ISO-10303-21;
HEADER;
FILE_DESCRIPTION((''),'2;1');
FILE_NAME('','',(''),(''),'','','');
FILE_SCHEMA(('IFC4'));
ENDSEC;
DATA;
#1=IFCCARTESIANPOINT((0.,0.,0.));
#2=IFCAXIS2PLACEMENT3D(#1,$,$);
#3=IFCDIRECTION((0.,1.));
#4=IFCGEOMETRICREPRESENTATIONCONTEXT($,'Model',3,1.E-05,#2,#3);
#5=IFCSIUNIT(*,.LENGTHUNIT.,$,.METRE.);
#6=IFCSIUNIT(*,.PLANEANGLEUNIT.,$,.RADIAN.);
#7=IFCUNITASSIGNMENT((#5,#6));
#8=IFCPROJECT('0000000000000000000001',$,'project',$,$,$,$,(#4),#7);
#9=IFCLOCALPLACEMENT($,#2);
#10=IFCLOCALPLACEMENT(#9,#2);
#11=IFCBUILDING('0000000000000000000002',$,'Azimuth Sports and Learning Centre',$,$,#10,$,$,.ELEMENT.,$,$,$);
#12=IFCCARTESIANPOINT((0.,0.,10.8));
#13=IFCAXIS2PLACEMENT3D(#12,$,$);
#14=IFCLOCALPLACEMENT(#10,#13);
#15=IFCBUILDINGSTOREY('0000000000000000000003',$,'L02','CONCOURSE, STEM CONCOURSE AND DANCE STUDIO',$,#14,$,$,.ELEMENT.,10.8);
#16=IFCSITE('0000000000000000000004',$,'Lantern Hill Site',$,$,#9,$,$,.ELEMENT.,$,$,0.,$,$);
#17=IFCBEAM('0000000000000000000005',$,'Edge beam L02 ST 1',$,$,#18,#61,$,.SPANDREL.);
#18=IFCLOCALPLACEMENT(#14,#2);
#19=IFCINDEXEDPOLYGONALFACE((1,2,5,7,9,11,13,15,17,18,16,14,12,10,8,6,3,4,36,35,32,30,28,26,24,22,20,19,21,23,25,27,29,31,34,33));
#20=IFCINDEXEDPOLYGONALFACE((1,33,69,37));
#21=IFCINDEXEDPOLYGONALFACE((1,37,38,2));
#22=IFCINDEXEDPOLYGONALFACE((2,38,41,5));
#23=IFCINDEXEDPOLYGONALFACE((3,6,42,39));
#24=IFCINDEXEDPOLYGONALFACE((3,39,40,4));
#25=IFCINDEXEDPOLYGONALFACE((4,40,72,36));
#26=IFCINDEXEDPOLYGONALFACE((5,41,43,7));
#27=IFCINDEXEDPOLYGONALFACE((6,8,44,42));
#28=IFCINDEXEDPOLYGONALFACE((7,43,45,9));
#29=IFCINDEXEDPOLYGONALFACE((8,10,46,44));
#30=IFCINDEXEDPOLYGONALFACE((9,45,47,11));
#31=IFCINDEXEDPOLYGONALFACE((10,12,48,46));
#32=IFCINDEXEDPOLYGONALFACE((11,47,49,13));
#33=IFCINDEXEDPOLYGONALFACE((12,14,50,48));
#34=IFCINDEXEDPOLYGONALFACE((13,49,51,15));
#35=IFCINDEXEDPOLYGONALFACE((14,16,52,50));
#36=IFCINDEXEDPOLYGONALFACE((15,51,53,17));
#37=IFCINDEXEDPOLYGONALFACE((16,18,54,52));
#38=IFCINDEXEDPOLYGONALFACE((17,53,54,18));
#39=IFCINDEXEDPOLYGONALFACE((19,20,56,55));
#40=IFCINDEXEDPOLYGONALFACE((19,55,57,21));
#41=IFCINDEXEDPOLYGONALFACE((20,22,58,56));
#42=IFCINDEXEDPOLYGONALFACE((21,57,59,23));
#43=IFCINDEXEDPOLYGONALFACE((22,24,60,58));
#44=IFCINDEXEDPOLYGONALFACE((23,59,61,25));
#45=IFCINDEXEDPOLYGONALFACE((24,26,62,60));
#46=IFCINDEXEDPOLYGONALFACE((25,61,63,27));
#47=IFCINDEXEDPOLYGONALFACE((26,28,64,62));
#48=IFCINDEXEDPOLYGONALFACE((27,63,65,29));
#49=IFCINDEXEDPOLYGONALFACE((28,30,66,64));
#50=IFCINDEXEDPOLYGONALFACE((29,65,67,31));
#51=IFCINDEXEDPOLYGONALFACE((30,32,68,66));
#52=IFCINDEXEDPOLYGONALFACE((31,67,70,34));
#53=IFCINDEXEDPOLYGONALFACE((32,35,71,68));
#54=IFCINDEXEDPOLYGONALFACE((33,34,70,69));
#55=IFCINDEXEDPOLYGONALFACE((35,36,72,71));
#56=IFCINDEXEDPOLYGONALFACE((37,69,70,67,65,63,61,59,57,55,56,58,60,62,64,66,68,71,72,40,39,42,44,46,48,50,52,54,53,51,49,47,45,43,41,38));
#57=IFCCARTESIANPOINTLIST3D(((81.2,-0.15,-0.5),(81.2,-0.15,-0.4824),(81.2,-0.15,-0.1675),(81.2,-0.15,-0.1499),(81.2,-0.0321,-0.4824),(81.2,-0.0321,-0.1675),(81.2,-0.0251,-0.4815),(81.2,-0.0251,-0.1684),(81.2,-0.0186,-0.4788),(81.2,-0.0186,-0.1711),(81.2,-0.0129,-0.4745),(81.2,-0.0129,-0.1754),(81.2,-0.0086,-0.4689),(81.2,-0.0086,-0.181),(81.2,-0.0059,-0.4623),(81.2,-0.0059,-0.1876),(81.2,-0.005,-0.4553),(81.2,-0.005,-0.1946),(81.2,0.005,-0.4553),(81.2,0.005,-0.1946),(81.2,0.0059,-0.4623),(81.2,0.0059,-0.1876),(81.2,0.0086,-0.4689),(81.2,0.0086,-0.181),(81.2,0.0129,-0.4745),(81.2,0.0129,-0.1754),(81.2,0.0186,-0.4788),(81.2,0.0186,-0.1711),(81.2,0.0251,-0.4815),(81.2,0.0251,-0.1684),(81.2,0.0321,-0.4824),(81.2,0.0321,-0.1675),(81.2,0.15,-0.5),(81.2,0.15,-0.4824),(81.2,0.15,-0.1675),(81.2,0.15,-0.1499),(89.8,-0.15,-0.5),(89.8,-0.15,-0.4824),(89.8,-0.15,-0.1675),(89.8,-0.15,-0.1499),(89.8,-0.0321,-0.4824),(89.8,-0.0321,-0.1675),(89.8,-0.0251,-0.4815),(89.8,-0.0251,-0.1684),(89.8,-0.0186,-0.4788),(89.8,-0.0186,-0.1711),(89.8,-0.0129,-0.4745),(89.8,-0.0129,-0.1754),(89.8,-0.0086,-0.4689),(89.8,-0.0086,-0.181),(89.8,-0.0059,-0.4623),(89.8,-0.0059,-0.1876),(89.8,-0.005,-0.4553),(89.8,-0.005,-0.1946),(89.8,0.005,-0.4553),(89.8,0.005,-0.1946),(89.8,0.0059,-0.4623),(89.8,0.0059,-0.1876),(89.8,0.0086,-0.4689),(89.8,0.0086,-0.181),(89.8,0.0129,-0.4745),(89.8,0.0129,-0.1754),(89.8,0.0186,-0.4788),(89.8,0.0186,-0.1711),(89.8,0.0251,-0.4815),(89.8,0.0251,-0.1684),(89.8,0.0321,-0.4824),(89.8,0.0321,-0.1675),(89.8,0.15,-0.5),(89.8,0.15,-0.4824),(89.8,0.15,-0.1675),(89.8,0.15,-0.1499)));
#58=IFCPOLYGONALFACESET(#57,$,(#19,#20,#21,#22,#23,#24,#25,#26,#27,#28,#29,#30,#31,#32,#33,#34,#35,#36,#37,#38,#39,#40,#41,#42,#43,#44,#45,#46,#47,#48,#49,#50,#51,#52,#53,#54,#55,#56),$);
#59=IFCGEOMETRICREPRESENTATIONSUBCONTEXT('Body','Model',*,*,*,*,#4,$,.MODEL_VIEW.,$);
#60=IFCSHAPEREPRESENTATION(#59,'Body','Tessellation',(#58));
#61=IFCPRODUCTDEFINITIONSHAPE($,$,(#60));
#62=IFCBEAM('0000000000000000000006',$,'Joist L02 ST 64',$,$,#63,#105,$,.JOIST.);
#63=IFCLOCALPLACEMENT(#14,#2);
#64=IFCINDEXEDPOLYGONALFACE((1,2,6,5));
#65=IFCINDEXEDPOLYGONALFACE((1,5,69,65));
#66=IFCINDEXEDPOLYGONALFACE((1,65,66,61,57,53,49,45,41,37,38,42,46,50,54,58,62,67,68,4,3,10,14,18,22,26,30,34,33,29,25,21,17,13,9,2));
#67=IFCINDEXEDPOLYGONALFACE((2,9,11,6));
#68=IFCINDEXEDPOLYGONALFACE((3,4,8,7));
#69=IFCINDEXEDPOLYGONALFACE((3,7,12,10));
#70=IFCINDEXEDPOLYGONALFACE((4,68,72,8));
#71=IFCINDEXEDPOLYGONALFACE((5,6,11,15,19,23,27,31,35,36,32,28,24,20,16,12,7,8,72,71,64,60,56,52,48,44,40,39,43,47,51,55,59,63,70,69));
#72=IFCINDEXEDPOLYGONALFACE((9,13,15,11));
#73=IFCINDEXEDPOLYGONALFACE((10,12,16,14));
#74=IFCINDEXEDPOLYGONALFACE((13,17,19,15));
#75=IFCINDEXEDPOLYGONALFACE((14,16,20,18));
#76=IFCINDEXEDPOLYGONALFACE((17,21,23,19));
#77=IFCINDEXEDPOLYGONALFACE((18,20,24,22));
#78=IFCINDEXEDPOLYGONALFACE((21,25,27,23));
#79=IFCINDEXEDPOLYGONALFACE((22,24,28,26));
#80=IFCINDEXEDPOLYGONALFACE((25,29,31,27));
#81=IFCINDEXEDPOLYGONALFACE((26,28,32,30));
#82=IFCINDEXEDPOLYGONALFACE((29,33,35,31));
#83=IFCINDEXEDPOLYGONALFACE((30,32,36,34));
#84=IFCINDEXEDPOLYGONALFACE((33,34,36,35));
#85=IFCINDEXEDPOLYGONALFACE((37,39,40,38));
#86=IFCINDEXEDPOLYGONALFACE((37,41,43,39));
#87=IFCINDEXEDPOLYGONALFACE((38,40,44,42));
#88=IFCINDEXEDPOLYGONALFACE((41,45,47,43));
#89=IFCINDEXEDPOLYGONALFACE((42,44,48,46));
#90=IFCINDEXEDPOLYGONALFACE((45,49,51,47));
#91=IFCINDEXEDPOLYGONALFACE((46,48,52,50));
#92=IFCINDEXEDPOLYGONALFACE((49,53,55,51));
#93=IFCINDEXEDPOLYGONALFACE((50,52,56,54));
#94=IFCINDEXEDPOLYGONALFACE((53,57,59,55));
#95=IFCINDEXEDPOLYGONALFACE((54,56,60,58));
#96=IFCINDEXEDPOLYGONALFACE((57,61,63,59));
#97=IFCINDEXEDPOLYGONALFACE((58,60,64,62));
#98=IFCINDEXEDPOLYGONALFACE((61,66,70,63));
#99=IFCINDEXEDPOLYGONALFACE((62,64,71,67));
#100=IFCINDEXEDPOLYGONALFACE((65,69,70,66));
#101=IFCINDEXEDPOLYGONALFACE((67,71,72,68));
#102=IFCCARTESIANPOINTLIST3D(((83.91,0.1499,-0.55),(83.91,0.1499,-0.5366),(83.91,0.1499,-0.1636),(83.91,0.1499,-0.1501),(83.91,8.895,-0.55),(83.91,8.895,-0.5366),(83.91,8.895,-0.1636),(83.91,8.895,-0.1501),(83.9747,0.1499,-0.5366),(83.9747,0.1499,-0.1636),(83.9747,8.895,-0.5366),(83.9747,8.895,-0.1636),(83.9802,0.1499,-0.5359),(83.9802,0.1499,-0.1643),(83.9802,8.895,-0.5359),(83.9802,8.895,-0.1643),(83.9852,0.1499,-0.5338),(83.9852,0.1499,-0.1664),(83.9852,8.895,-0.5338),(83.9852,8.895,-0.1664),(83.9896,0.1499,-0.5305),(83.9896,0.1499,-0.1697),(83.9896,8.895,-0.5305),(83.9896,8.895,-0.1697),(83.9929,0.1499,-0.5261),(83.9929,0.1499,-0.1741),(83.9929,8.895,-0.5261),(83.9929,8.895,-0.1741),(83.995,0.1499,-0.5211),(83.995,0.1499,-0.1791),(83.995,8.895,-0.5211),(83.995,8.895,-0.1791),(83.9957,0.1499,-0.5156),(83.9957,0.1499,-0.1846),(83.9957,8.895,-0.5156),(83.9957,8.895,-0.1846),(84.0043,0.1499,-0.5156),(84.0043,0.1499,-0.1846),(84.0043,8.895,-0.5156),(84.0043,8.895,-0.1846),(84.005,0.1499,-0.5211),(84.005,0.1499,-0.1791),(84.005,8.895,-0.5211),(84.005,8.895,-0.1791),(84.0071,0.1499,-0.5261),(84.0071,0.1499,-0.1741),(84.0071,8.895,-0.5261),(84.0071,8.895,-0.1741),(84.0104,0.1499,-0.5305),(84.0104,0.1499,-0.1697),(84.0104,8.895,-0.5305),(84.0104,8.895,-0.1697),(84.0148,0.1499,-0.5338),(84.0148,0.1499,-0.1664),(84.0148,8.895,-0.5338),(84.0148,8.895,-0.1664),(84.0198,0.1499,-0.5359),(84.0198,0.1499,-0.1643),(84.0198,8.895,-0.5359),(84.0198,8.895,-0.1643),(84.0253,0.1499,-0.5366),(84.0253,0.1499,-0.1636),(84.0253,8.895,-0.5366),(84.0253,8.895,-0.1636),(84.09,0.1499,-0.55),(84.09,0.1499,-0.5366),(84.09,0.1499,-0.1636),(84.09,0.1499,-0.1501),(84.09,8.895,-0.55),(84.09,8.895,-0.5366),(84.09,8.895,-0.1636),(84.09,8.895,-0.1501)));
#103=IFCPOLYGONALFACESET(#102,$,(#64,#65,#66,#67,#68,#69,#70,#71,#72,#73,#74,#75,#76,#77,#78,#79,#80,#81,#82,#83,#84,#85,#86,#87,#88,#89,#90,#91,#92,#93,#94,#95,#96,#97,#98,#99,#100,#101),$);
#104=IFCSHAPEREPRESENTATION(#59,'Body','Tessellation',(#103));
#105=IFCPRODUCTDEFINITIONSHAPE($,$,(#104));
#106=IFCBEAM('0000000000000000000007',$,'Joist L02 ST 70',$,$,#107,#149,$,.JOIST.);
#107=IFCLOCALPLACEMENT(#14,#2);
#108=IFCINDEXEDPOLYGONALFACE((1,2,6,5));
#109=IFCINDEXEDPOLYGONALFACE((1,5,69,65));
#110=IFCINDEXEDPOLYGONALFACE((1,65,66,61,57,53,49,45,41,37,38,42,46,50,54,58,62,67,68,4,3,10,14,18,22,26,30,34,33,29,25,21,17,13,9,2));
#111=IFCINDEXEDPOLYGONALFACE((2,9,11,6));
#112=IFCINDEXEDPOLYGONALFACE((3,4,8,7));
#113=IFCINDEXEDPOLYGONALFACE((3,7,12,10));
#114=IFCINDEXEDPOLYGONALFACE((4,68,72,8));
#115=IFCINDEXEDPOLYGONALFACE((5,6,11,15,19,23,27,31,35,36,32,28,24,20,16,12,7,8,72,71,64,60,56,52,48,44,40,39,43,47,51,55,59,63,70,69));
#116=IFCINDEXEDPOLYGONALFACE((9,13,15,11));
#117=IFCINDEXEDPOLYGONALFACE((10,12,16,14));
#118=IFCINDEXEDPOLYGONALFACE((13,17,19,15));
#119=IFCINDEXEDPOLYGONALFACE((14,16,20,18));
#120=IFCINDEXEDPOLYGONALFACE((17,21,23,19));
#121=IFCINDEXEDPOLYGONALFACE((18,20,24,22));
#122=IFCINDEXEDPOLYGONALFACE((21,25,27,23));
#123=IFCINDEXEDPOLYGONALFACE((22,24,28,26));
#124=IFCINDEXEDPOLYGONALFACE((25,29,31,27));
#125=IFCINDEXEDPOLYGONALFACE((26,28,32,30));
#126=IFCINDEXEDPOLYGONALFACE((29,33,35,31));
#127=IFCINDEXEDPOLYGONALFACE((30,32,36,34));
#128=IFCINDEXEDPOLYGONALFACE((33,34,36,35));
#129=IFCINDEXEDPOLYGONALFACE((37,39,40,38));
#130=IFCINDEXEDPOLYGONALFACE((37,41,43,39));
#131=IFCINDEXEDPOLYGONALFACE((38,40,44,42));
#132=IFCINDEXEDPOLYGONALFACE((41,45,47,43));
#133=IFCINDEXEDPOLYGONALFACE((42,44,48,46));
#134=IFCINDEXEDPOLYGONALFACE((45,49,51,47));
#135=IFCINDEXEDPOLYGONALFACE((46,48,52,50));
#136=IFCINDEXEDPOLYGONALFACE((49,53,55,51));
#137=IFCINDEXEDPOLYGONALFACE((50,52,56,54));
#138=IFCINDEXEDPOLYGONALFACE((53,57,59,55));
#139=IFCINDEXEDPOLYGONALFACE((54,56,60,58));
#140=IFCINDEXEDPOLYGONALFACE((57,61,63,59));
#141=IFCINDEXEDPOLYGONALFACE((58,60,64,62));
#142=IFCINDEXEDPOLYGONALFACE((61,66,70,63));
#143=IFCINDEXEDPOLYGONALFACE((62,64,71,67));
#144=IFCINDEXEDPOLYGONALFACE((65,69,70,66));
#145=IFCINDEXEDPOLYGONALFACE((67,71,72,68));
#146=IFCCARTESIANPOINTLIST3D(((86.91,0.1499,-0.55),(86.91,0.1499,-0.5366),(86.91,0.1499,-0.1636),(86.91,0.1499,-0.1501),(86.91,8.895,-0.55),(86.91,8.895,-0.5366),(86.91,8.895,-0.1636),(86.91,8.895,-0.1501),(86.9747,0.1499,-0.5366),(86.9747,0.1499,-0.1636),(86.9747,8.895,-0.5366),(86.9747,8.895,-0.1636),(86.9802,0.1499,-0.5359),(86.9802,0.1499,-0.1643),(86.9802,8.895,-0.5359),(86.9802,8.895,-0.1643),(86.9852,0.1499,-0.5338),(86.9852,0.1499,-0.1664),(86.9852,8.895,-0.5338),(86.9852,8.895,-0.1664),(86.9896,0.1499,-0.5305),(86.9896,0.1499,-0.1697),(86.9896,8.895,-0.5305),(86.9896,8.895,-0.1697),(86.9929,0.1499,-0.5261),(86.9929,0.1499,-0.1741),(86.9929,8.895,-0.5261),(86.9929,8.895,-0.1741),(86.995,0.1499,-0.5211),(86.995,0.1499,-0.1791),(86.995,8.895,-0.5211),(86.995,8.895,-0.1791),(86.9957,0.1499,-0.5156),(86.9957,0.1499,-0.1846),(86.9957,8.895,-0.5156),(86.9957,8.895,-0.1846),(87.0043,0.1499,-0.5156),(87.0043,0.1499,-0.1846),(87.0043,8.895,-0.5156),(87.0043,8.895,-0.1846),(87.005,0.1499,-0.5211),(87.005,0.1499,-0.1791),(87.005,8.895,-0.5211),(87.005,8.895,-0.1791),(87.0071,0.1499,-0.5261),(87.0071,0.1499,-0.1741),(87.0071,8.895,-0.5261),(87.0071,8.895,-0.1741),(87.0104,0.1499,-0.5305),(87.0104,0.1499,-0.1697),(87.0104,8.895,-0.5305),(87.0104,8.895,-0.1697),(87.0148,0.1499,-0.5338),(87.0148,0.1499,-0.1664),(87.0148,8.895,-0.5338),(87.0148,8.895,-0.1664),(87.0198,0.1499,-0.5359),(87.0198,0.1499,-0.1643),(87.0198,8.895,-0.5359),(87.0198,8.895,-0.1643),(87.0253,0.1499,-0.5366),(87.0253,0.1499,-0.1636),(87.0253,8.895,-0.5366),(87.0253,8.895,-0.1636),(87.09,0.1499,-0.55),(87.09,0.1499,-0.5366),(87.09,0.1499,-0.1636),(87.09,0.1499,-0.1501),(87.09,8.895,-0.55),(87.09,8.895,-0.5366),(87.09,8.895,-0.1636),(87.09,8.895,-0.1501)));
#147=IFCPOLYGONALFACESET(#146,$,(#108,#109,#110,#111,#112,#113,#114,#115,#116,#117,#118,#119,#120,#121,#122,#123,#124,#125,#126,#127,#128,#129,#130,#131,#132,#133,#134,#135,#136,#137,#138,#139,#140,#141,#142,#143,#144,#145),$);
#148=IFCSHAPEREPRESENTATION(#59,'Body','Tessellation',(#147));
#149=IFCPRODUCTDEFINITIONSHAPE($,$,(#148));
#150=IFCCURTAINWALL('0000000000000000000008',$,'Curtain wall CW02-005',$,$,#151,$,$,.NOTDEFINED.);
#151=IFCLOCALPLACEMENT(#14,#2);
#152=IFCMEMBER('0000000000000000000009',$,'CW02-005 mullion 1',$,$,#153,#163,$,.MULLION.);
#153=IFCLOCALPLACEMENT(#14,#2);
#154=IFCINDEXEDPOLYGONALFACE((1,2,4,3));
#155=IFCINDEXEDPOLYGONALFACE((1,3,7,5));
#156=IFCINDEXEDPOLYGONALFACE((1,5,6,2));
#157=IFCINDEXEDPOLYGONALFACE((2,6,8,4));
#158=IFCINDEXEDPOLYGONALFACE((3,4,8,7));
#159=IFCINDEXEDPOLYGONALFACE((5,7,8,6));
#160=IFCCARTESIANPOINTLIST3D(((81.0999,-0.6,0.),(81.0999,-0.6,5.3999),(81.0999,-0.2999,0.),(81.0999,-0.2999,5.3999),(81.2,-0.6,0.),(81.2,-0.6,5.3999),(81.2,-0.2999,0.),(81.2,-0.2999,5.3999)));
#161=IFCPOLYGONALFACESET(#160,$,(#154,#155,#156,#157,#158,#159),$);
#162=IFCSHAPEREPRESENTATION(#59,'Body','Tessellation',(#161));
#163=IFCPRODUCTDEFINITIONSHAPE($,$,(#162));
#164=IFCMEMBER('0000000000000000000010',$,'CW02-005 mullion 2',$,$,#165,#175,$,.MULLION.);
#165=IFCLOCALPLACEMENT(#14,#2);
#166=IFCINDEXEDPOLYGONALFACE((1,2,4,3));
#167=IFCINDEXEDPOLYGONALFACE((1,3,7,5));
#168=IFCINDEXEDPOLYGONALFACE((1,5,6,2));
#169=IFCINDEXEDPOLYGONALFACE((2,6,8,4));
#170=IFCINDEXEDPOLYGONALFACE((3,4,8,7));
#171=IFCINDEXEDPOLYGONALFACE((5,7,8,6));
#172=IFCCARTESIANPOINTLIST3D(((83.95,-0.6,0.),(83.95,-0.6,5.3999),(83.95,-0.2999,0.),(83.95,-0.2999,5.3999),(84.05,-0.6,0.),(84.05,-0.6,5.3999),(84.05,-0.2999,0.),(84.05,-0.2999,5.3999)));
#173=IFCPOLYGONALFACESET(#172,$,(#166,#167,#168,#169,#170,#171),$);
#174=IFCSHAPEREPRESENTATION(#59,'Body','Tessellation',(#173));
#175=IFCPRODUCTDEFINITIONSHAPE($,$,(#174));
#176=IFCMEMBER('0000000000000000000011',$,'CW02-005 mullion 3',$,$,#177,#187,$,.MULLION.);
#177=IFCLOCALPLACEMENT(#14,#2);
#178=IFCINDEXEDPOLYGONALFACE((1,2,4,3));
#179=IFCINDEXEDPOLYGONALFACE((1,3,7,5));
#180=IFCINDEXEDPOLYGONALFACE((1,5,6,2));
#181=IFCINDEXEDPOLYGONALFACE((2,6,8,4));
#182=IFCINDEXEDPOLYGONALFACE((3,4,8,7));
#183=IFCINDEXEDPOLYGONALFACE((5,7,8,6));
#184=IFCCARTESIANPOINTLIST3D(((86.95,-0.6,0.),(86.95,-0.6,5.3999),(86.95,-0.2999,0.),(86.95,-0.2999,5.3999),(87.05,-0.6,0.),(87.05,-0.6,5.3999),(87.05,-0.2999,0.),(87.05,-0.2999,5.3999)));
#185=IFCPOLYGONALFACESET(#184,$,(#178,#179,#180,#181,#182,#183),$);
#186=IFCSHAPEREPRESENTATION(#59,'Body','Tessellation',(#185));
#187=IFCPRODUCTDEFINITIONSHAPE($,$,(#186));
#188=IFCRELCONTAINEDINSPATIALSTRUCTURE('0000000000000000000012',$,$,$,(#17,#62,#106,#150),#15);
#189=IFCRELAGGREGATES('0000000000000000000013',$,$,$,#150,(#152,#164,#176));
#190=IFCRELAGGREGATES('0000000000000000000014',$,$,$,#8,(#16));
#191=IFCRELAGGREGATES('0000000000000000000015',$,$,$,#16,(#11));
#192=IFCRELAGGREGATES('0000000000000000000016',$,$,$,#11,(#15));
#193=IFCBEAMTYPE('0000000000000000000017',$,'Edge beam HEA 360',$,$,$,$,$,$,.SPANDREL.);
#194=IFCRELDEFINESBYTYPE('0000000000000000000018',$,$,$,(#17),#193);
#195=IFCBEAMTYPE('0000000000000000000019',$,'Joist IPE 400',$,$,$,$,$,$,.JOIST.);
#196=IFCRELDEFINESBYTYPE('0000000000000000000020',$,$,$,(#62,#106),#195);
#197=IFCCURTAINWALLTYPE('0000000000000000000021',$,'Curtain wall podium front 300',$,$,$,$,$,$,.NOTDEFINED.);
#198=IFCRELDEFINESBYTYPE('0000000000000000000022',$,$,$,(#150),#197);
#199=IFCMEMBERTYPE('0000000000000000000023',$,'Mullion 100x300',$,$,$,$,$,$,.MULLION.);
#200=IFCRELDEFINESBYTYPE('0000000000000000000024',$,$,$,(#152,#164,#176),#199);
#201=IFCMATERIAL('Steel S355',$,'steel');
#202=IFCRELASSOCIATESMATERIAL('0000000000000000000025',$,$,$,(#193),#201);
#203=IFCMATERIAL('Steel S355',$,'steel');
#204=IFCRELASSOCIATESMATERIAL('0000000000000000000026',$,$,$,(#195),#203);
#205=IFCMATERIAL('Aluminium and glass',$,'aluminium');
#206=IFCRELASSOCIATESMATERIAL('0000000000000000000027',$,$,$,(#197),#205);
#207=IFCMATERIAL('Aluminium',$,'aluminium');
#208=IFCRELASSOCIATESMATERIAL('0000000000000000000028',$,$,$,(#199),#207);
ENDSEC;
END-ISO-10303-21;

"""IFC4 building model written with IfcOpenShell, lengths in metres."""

from ifc_helpers import new_model, si_unit, direction, frame, origin, origin_2d, place, context, subcontext, project, spatial, rectangle, i_section, extrude, material, material_profile, profile_set, type_object, element, aggregate, save


model = new_model("IFC4")

# Units and contexts
model_context = context("Model", 3, precision=1e-05, world=origin(), true_north=direction((0.0, 1.0)))
body_context = subcontext(model_context, "Body", "Model", "MODEL_VIEW")
ifc_project = project(units=[si_unit("LENGTHUNIT", "METRE"), si_unit("PLANEANGLEUNIT", "RADIAN")], contexts=[model_context])

# Site, building, storey
site_placement = place(None, origin())
site = spatial("IfcSite", under=ifc_project, at=site_placement, Name="Lantern Hill Site", CompositionType="ELEMENT", RefElevation=0.0)
building_placement = place(site_placement, origin())
building = spatial("IfcBuilding", under=site, at=building_placement, Name="Azimuth Sports and Learning Centre", CompositionType="ELEMENT")
storey_placement = place(building_placement, frame((0.0, 0.0, 10.8)))
storey = spatial("IfcBuildingStorey", under=building, at=storey_placement, Name="L02", Description="CONCOURSE, STEM CONCOURSE AND DANCE STUDIO", CompositionType="ELEMENT", Elevation=10.8)

# Beams
ifc_material_1 = material(Name="Steel S355", Category="steel")
ifc_material_profile_1 = material_profile(ifc_material_1, i_section(OverallWidth=0.3, OverallDepth=0.3501, WebThickness=0.01, FlangeThickness=0.0176, FilletRadius=0.0271, at=origin_2d()), Name="HEA 360")
ifc_profile_set_1 = profile_set([ifc_material_profile_1], Name="Steel S355")
beam_type_1 = type_object("IfcBeamType", Name="Edge beam HEA 360", PredefinedType="SPANDREL", material=ifc_profile_set_1)
beam_placement = place(storey_placement, frame((81.2, 0.0, -0.325), z_axis=(1.0, 0.0, 0.0), x_axis=(0.0, 1.0, 0.0)))
element("IfcBeam", 1, at=beam_placement, inside=storey, type_object=beam_type_1, Name="Edge beam L02 ST 1", PredefinedType="SPANDREL", context=body_context, shape_type="SweptSolid", body=[
    extrude(i_section(OverallWidth=0.3, OverallDepth=0.3501, WebThickness=0.01, FlangeThickness=0.0176, FilletRadius=0.0271, at=origin_2d()), origin(), (0.0, 0.0, 1.0), 8.6001),
])
ifc_material_2 = material(Name="Steel S355", Category="steel")
ifc_material_profile_2 = material_profile(ifc_material_2, i_section(OverallWidth=0.1799, OverallDepth=0.3999, WebThickness=0.0085, FlangeThickness=0.0134, FilletRadius=0.021, at=origin_2d()), Name="IPE 400")
ifc_profile_set_2 = profile_set([ifc_material_profile_2], Name="Steel S355")
beam_type_2 = type_object("IfcBeamType", Name="Joist IPE 400", PredefinedType="JOIST", material=ifc_profile_set_2)
for number, where, z_axis, x_axis, name in (
    (2, (84.0, 0.1499, -0.3501), (0.0, 1.0, 0.0), (-1.0, 0.0, 0.0), "Joist L02 ST 64"),
    (3, (87.0, 0.1499, -0.3501), (0.0, 1.0, 0.0), (-1.0, 0.0, 0.0), "Joist L02 ST 70"),
):
    element("IfcBeam", number, at=place(storey_placement, frame(where, z_axis=z_axis, x_axis=x_axis)), inside=storey, type_object=beam_type_2, Name=name, PredefinedType="JOIST", context=body_context, shape_type="SweptSolid", body=[
        extrude(i_section(OverallWidth=0.1799, OverallDepth=0.3999, WebThickness=0.0085, FlangeThickness=0.0134, FilletRadius=0.021, at=origin_2d()), origin(), (0.0, 0.0, 1.0), 8.7451),
    ])

# Curtain wall, members
ifc_material_3 = material(Name="Aluminium and glass", Category="aluminium")
curtain_wall_type = type_object("IfcCurtainWallType", Name="Curtain wall podium front 300", PredefinedType="NOTDEFINED", material=ifc_material_3)
curtain_wall_placement = place(storey_placement, origin())
curtain_wall = element("IfcCurtainWall", 4, at=curtain_wall_placement, inside=storey, type_object=curtain_wall_type, Name="Curtain wall CW02-005", PredefinedType="NOTDEFINED")
ifc_material_4 = material(Name="Aluminium", Category="aluminium")
ifc_material_profile_3 = material_profile(ifc_material_4, rectangle(XDim=0.3, YDim=0.1001, at=origin_2d()), Name="Mullion 100x300")
ifc_profile_set_3 = profile_set([ifc_material_profile_3], Name="Aluminium")
member_type_1 = type_object("IfcMemberType", Name="Mullion 100x300", PredefinedType="MULLION", material=ifc_profile_set_3)
member_1_placement = place(storey_placement, frame((81.1499, -0.45, 0.0), z_axis=(0.0, 0.0, 1.0), x_axis=(0.0, 1.0, 0.0)))
member_1 = element("IfcMember", 5, at=member_1_placement, type_object=member_type_1, Name="CW02-005 mullion 1", PredefinedType="MULLION", context=body_context, shape_type="SweptSolid", body=[
    extrude(rectangle(XDim=0.3, YDim=0.1001, at=origin_2d()), origin(), (0.0, 0.0, 1.0), 5.3999),
])
member_2_placement = place(storey_placement, frame((84.0, -0.45, 0.0), z_axis=(0.0, 0.0, 1.0), x_axis=(0.0, 1.0, 0.0)))
member_2 = element("IfcMember", 6, at=member_2_placement, type_object=member_type_1, Name="CW02-005 mullion 2", PredefinedType="MULLION", context=body_context, shape_type="SweptSolid", body=[
    extrude(rectangle(XDim=0.3, YDim=0.1001, at=origin_2d()), origin(), (0.0, 0.0, 1.0), 5.3999),
])
member_3_placement = place(storey_placement, frame((87.0, -0.45, 0.0), z_axis=(0.0, 0.0, 1.0), x_axis=(0.0, 1.0, 0.0)))
member_3 = element("IfcMember", 7, at=member_3_placement, type_object=member_type_1, Name="CW02-005 mullion 3", PredefinedType="MULLION", context=body_context, shape_type="SweptSolid", body=[
    extrude(rectangle(XDim=0.3, YDim=0.1001, at=origin_2d()), origin(), (0.0, 0.0, 1.0), 5.3999),
])
aggregate(curtain_wall, [member_1, member_2, member_3])

save(model, "model.ifc")
